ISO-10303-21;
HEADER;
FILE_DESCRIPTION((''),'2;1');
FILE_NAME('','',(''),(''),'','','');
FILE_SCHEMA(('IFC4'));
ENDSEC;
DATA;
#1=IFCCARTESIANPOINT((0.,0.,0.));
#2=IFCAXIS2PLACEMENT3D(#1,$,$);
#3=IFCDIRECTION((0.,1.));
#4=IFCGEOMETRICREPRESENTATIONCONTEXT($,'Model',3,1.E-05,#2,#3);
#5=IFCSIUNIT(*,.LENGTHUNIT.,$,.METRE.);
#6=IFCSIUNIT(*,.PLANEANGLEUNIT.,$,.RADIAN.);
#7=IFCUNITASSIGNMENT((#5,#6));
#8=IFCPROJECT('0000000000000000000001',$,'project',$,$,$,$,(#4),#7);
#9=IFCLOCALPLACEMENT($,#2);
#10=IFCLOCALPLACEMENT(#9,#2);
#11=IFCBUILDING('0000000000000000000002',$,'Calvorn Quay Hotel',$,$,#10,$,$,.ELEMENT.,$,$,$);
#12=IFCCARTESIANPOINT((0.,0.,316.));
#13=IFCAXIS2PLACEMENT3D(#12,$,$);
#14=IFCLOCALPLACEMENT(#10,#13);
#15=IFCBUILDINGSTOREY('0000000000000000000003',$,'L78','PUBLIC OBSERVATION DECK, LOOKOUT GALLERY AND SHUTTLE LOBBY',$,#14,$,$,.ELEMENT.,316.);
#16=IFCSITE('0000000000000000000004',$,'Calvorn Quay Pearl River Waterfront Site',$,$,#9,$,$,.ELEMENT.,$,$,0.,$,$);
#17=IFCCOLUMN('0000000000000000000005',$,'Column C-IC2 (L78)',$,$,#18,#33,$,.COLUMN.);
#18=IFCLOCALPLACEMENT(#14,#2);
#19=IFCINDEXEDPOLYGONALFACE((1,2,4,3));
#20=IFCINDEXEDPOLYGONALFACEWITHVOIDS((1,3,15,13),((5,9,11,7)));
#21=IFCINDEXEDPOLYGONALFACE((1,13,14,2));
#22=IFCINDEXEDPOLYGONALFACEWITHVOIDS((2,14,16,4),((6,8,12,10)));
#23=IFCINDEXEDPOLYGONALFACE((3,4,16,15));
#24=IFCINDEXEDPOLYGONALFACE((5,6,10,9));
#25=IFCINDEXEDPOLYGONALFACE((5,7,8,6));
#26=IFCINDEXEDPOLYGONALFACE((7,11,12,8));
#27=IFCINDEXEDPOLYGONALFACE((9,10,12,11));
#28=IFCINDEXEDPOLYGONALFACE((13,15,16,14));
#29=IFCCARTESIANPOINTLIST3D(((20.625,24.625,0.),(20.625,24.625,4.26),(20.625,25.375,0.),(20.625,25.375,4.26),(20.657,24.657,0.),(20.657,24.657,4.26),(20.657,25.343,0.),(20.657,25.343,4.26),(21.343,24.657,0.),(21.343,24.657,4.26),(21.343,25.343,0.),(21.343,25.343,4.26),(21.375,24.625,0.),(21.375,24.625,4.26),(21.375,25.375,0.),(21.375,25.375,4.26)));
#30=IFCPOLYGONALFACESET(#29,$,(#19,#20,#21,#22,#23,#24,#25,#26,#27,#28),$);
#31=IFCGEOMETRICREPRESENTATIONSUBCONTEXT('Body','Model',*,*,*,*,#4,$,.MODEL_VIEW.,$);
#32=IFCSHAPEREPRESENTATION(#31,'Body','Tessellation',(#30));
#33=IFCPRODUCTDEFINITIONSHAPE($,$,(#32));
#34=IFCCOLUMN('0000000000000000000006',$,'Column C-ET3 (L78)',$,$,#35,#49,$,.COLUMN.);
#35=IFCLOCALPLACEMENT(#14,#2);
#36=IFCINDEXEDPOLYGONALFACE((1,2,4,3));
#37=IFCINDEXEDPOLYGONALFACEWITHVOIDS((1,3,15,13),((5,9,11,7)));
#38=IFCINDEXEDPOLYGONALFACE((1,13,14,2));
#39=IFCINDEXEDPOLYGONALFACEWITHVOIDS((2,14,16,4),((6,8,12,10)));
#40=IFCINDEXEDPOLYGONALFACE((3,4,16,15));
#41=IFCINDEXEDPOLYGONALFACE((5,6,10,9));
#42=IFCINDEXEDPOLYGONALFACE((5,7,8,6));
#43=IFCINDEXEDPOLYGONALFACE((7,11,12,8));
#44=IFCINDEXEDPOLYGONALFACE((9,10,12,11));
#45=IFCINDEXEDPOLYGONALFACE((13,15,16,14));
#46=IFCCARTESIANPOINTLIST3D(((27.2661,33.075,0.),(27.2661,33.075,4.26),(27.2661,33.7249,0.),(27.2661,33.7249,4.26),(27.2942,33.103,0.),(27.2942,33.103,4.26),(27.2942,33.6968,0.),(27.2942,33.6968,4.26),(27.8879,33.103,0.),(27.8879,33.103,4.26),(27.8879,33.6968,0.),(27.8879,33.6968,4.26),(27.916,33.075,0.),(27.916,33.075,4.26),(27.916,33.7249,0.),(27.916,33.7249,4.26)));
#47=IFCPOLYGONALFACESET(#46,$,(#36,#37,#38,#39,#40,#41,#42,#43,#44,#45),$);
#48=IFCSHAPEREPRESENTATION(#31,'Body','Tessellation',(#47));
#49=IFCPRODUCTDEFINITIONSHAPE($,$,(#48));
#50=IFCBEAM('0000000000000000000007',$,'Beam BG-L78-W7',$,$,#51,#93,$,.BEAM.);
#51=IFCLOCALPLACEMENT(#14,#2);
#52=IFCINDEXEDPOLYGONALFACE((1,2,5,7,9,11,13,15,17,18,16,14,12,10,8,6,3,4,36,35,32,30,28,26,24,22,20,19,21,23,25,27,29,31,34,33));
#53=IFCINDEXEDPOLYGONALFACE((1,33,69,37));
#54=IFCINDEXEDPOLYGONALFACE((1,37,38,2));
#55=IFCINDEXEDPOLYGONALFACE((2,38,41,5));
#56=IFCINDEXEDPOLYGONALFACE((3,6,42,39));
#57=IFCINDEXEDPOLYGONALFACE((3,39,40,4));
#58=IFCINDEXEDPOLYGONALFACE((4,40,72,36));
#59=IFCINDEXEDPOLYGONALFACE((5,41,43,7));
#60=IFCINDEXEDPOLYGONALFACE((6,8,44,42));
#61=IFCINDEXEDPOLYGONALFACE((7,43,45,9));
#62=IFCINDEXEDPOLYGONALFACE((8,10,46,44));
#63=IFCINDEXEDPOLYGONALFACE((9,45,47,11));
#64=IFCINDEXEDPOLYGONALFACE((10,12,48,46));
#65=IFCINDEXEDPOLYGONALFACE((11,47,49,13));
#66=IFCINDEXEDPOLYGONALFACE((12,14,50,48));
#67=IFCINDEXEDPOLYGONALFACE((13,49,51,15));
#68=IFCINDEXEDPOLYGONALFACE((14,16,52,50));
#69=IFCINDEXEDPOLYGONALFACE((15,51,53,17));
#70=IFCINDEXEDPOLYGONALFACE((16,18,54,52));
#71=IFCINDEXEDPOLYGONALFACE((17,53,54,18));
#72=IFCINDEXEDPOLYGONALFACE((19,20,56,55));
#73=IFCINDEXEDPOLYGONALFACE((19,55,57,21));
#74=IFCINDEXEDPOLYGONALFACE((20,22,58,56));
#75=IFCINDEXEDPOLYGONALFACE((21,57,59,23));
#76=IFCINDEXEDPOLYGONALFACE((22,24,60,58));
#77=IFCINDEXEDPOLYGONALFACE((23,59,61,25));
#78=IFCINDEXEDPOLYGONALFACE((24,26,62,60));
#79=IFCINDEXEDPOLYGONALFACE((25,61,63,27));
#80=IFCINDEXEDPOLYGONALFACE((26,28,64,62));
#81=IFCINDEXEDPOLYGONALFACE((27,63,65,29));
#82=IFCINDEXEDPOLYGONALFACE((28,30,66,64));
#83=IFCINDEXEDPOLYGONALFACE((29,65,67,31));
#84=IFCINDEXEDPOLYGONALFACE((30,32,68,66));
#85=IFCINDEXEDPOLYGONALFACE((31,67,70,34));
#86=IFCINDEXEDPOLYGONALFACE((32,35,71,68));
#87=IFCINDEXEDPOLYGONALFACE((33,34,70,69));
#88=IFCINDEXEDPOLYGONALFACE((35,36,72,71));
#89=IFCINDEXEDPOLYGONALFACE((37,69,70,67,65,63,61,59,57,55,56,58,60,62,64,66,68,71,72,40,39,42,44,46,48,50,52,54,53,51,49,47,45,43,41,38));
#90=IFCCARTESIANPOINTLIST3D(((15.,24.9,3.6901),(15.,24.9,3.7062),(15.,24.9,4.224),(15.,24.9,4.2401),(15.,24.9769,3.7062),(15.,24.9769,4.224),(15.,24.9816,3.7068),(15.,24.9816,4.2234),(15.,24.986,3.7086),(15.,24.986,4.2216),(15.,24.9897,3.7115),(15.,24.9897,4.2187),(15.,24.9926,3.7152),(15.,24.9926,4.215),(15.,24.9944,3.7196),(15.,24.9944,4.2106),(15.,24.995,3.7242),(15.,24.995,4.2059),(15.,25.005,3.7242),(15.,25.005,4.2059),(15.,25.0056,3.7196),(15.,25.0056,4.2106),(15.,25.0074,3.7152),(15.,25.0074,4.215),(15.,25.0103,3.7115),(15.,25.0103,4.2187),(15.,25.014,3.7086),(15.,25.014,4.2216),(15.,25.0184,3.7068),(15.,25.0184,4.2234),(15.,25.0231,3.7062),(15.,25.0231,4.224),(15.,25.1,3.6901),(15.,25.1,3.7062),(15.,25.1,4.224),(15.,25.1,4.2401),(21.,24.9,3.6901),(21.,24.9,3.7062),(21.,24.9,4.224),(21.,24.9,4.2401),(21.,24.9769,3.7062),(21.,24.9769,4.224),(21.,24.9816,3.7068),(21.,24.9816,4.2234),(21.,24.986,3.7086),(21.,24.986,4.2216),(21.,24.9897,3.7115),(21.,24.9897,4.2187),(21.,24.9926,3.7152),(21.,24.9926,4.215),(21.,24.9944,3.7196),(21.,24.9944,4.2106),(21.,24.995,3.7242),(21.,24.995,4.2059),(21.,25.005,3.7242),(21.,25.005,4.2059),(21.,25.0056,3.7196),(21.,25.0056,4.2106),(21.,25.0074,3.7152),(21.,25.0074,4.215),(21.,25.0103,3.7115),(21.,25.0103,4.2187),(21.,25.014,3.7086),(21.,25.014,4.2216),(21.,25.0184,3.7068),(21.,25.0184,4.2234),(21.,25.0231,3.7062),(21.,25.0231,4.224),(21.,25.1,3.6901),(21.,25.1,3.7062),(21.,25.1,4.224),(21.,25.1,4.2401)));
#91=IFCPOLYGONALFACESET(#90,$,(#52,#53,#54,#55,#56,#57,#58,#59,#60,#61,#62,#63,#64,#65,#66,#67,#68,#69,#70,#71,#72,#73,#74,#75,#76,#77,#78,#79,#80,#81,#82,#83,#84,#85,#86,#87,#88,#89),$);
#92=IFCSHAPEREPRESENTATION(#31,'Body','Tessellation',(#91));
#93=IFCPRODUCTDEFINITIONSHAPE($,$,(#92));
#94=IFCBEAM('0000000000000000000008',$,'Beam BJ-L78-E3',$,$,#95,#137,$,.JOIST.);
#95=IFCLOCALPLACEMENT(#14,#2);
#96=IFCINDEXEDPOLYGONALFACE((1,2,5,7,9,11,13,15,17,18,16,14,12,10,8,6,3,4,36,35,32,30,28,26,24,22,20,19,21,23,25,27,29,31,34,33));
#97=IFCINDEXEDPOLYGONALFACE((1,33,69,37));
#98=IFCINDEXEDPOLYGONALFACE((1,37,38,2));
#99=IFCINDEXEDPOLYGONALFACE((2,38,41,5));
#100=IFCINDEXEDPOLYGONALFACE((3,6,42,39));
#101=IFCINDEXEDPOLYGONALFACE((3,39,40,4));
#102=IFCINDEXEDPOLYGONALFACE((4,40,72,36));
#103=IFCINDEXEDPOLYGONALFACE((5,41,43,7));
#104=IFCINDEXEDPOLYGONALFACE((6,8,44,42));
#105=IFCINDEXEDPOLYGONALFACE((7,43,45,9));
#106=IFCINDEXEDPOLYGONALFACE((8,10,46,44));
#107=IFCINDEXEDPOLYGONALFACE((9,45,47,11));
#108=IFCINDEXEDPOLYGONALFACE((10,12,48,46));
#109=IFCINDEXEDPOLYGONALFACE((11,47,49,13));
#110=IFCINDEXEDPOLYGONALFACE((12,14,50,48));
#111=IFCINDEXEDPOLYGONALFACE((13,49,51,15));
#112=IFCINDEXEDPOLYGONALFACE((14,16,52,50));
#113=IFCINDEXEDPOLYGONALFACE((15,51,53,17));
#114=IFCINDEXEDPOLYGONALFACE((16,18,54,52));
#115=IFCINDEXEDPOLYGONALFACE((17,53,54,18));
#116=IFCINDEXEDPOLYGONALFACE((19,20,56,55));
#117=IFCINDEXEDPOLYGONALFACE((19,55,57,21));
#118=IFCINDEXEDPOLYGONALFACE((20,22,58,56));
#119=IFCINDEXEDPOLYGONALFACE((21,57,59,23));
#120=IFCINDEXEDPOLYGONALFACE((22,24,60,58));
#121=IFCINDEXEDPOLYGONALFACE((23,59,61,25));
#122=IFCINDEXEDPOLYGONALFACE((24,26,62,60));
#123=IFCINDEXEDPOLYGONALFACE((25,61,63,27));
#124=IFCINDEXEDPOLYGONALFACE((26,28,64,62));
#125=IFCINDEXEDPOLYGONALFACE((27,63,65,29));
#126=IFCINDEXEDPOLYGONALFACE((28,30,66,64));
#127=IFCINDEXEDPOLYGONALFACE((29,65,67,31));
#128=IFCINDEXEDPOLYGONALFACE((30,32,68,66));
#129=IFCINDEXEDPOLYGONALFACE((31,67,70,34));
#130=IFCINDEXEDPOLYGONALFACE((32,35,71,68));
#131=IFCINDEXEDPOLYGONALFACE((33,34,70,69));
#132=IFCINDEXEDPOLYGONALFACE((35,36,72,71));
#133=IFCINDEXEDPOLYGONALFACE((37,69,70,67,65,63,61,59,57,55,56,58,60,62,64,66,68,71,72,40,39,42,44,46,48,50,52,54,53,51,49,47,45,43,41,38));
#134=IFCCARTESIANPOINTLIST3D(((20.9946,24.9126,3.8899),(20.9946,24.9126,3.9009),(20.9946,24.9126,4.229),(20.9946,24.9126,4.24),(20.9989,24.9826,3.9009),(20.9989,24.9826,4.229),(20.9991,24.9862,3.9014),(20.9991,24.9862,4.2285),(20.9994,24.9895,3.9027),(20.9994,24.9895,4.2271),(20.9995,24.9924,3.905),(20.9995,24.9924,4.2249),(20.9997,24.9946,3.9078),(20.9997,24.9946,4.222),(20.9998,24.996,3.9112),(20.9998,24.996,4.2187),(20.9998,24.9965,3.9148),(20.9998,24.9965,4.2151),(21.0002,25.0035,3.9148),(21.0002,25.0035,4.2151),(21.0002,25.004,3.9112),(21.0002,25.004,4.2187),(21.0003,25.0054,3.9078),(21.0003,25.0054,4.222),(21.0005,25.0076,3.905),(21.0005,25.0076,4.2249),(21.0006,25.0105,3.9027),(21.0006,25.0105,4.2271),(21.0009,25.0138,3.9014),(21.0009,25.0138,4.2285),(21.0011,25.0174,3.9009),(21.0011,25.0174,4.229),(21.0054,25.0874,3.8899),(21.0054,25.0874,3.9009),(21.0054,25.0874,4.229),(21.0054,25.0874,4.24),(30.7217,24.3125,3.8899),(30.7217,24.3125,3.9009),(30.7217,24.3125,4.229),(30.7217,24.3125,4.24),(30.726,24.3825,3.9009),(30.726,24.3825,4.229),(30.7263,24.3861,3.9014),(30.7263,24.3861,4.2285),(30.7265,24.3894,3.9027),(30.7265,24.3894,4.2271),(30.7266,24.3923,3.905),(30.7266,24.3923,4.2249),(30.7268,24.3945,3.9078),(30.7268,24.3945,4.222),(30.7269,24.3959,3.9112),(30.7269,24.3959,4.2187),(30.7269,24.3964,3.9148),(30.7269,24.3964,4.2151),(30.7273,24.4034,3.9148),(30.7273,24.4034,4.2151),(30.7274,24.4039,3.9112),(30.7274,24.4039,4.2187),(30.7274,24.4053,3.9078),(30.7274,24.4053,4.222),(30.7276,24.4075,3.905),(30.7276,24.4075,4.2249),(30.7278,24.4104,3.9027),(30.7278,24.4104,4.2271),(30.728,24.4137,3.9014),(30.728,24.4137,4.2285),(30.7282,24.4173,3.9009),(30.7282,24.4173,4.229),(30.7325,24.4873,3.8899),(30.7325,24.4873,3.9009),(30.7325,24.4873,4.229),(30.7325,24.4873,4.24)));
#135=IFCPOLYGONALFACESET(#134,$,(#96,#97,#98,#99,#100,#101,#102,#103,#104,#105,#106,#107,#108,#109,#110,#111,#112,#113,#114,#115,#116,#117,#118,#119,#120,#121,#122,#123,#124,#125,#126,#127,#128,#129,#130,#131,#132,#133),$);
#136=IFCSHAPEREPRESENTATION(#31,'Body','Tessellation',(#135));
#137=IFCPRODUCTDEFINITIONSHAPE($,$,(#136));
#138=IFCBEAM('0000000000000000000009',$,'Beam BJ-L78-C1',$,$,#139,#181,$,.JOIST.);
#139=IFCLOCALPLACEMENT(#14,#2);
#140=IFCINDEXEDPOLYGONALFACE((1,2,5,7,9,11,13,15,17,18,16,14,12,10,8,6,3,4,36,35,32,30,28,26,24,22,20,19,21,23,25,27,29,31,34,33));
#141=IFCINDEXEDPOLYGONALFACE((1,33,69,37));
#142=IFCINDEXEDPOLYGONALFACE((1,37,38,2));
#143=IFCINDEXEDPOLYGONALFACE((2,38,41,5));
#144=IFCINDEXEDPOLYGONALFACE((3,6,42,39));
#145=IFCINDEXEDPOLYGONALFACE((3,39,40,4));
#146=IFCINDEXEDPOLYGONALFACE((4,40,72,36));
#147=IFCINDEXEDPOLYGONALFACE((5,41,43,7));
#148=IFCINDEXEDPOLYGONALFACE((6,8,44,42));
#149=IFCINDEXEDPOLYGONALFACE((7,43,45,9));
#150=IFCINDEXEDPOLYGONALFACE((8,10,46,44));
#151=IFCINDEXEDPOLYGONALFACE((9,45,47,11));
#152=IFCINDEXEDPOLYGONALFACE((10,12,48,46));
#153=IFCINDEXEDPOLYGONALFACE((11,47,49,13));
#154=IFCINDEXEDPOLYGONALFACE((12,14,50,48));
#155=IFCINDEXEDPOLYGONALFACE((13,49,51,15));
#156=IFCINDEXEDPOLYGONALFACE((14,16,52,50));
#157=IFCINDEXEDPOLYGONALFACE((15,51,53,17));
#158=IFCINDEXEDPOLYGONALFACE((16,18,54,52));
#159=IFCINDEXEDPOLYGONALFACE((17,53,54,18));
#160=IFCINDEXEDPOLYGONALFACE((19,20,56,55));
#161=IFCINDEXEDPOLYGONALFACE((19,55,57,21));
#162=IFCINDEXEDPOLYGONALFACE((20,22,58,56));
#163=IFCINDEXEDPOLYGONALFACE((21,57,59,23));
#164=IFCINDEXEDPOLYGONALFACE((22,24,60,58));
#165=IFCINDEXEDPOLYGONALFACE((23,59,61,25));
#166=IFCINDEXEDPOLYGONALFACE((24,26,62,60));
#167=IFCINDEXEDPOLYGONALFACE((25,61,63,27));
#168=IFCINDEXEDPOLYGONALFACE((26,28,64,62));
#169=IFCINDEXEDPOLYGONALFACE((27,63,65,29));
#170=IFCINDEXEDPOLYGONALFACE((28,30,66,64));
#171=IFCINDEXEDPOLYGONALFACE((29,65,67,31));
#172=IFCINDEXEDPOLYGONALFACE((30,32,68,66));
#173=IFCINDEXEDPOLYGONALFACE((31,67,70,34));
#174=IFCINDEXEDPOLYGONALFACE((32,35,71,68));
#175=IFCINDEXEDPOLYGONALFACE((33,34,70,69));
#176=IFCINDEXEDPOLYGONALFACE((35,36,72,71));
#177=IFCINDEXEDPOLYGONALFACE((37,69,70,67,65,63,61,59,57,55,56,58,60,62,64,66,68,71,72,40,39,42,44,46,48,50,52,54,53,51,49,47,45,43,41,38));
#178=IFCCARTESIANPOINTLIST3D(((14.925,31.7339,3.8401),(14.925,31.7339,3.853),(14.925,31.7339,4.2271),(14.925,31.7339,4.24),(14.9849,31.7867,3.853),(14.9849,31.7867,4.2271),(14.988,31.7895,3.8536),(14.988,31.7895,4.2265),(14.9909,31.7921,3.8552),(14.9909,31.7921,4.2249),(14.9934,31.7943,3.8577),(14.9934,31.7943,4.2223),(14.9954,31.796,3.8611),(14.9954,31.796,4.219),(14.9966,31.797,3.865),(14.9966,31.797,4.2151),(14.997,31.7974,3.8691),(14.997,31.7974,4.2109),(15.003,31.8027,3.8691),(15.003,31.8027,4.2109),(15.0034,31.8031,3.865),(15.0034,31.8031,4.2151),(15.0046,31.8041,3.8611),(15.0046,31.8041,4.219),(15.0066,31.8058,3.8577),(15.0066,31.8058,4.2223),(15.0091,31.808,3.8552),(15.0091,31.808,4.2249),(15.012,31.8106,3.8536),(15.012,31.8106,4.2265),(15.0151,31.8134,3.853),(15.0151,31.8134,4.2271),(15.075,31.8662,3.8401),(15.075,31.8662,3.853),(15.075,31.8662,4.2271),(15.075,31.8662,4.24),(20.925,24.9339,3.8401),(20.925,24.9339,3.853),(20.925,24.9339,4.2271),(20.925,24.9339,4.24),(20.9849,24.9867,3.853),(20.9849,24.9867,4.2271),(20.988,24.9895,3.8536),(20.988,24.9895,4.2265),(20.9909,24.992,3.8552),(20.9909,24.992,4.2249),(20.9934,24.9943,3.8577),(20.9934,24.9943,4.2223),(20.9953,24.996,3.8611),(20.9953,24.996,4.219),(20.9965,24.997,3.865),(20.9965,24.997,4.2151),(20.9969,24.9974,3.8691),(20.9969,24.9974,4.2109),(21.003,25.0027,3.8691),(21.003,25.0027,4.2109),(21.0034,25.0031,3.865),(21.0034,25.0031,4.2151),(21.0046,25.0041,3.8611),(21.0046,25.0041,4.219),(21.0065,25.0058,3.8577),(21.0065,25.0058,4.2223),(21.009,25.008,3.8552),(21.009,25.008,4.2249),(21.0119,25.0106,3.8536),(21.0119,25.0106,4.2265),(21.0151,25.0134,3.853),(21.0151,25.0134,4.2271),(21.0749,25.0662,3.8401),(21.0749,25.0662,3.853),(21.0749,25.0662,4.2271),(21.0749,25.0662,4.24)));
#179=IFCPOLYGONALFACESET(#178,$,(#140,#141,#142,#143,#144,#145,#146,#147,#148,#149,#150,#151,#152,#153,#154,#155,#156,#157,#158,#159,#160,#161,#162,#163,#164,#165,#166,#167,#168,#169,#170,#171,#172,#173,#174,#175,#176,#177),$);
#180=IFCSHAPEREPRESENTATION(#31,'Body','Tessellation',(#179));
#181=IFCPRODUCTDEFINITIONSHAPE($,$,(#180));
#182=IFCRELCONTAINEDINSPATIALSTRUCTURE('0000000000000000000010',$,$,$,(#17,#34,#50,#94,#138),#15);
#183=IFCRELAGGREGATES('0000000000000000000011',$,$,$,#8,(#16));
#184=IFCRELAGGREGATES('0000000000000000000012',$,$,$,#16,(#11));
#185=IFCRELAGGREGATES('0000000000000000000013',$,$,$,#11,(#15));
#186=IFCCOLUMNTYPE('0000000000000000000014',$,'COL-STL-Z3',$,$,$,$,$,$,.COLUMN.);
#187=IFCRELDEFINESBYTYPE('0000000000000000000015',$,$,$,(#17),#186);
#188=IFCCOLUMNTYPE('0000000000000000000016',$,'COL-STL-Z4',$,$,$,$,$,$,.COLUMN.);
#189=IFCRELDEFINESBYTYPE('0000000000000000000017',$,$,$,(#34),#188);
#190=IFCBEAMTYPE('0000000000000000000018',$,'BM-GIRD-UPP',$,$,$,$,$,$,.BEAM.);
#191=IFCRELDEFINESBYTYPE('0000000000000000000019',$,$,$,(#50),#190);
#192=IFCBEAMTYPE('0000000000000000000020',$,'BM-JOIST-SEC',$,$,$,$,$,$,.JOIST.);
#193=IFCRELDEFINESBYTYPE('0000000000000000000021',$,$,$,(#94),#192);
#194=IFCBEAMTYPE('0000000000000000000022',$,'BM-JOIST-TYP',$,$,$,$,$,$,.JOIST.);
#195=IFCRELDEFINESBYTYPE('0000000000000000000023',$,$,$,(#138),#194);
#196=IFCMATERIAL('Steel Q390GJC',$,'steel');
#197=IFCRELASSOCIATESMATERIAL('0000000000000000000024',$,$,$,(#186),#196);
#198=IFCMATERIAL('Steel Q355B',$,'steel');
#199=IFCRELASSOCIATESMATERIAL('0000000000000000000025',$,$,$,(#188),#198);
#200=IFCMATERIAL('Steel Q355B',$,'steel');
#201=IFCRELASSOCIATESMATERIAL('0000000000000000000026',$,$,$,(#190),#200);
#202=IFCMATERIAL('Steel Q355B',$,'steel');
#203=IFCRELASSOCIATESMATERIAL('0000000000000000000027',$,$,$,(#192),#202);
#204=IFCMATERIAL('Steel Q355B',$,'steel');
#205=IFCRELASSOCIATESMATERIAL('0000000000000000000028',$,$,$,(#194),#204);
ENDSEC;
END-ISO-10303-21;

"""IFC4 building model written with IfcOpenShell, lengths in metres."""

from ifc_helpers import new_model, si_unit, direction, frame, origin, origin_2d, place, context, subcontext, project, spatial, hollow_rectangle, i_section, extrude, material, material_profile, profile_set, type_object, element, save


model = new_model("IFC4")

# Units and contexts
model_context = context("Model", 3, precision=1e-05, world=origin(), true_north=direction((0.0, 1.0)))
body_context = subcontext(model_context, "Body", "Model", "MODEL_VIEW")
ifc_project = project(units=[si_unit("LENGTHUNIT", "METRE"), si_unit("PLANEANGLEUNIT", "RADIAN")], contexts=[model_context])

# Site, building, storey
site_placement = place(None, origin())
site = spatial("IfcSite", under=ifc_project, at=site_placement, Name="Calvorn Quay Pearl River Waterfront Site", CompositionType="ELEMENT", RefElevation=0.0)
building_placement = place(site_placement, origin())
building = spatial("IfcBuilding", under=site, at=building_placement, Name="Calvorn Quay Hotel", CompositionType="ELEMENT")
storey_placement = place(building_placement, frame((0.0, 0.0, 316.0)))
storey = spatial("IfcBuildingStorey", under=building, at=storey_placement, Name="L78", Description="PUBLIC OBSERVATION DECK, LOOKOUT GALLERY AND SHUTTLE LOBBY", CompositionType="ELEMENT", Elevation=316.0)

# Columns
ifc_material_1 = material(Name="Steel Q390GJC", Category="steel")
ifc_material_profile_1 = material_profile(ifc_material_1, hollow_rectangle(XDim=0.75, YDim=0.75, WallThickness=0.032, at=origin_2d()), Name="BOX750x750x32")
ifc_profile_set_1 = profile_set([ifc_material_profile_1], Name="Steel Q390GJC")
column_type_1 = type_object("IfcColumnType", Name="COL-STL-Z3", PredefinedType="COLUMN", material=ifc_profile_set_1)
column_1_placement = place(storey_placement, frame((21.0, 25.0, 0.0), z_axis=(0.0, 0.0, 1.0), x_axis=(1.0, 0.0, 0.0)))
element("IfcColumn", 1, at=column_1_placement, inside=storey, type_object=column_type_1, Name="Column C-IC2 (L78)", PredefinedType="COLUMN", context=body_context, shape_type="SweptSolid", body=[
    extrude(hollow_rectangle(XDim=0.75, YDim=0.75, WallThickness=0.032, at=origin_2d()), origin(), (0.0, 0.0, 1.0), 4.26),
])
ifc_material_2 = material(Name="Steel Q355B", Category="steel")
ifc_material_profile_2 = material_profile(ifc_material_2, hollow_rectangle(XDim=0.6499, YDim=0.6499, WallThickness=0.0281, at=origin_2d()), Name="BOX650x650x28")
ifc_profile_set_2 = profile_set([ifc_material_profile_2], Name="Steel Q355B")
column_type_2 = type_object("IfcColumnType", Name="COL-STL-Z4", PredefinedType="COLUMN", material=ifc_profile_set_2)
column_2_placement = place(storey_placement, frame((27.5911, 33.3999, 0.0), z_axis=(0.0, 0.0, 1.0), x_axis=(1.0, 0.0, 0.0)))
element("IfcColumn", 2, at=column_2_placement, inside=storey, type_object=column_type_2, Name="Column C-ET3 (L78)", PredefinedType="COLUMN", context=body_context, shape_type="SweptSolid", body=[
    extrude(hollow_rectangle(XDim=0.6499, YDim=0.6499, WallThickness=0.0281, at=origin_2d()), origin(), (0.0, 0.0, 1.0), 4.26),
])

# Beams
ifc_material_3 = material(Name="Steel Q355B", Category="steel")
ifc_material_profile_3 = material_profile(ifc_material_3, i_section(OverallWidth=0.2, OverallDepth=0.55, WebThickness=0.01, FlangeThickness=0.0161, FilletRadius=0.0181, at=origin_2d()), Name="HN550x200x10x16")
ifc_profile_set_3 = profile_set([ifc_material_profile_3], Name="Steel Q355B")
beam_type_1 = type_object("IfcBeamType", Name="BM-GIRD-UPP", PredefinedType="BEAM", material=ifc_profile_set_3)
beam_1_placement = place(storey_placement, frame((21.0, 25.0, 3.9651), z_axis=(-1.0, 0.0, 0.0), x_axis=(0.0, -1.0, 0.0)))
element("IfcBeam", 3, at=beam_1_placement, inside=storey, type_object=beam_type_1, Name="Beam BG-L78-W7", PredefinedType="BEAM", context=body_context, shape_type="SweptSolid", body=[
    extrude(i_section(OverallWidth=0.2, OverallDepth=0.55, WebThickness=0.01, FlangeThickness=0.0161, FilletRadius=0.0181, at=origin_2d()), origin(), (0.0, 0.0, 1.0), 6.0),
])
ifc_material_4 = material(Name="Steel Q355B", Category="steel")
ifc_material_profile_4 = material_profile(ifc_material_4, i_section(OverallWidth=0.175, OverallDepth=0.3501, WebThickness=0.0071, FlangeThickness=0.011, FilletRadius=0.0139, at=origin_2d()), Name="HN350x175x7x11")
ifc_profile_set_4 = profile_set([ifc_material_profile_4], Name="Steel Q355B")
beam_type_2 = type_object("IfcBeamType", Name="BM-JOIST-SEC", PredefinedType="JOIST", material=ifc_profile_set_4)
beam_2_placement = place(storey_placement, frame((21.0, 25.0, 4.0649), z_axis=(0.998102, -0.061577, 0.0), x_axis=(0.061577, 0.998102, 0.0)))
element("IfcBeam", 4, at=beam_2_placement, inside=storey, type_object=beam_type_2, Name="Beam BJ-L78-E3", PredefinedType="JOIST", context=body_context, shape_type="SweptSolid", body=[
    extrude(i_section(OverallWidth=0.175, OverallDepth=0.3501, WebThickness=0.0071, FlangeThickness=0.011, FilletRadius=0.0139, at=origin_2d()), origin(), (0.0, 0.0, 1.0), 9.7456),
])
ifc_material_5 = material(Name="Steel Q355B", Category="steel")
ifc_material_profile_5 = material_profile(ifc_material_5, i_section(OverallWidth=0.2, OverallDepth=0.3999, WebThickness=0.0081, FlangeThickness=0.0129, FilletRadius=0.0161, at=origin_2d()), Name="HN400x200x8x13")
ifc_profile_set_5 = profile_set([ifc_material_profile_5], Name="Steel Q355B")
beam_type_3 = type_object("IfcBeamType", Name="BM-JOIST-TYP", PredefinedType="JOIST", material=ifc_profile_set_5)
beam_3_placement = place(storey_placement, frame((15.0, 31.8, 4.04), z_axis=(0.661619, -0.74984, 0.0), x_axis=(0.74984, 0.661619, 0.0)))
element("IfcBeam", 5, at=beam_3_placement, inside=storey, type_object=beam_type_3, Name="Beam BJ-L78-C1", PredefinedType="JOIST", context=body_context, shape_type="SweptSolid", body=[
    extrude(i_section(OverallWidth=0.2, OverallDepth=0.3999, WebThickness=0.0081, FlangeThickness=0.0129, FilletRadius=0.0161, at=origin_2d()), origin(), (0.0, 0.0, 1.0), 9.0686),
])

save(model, "model.ifc")
